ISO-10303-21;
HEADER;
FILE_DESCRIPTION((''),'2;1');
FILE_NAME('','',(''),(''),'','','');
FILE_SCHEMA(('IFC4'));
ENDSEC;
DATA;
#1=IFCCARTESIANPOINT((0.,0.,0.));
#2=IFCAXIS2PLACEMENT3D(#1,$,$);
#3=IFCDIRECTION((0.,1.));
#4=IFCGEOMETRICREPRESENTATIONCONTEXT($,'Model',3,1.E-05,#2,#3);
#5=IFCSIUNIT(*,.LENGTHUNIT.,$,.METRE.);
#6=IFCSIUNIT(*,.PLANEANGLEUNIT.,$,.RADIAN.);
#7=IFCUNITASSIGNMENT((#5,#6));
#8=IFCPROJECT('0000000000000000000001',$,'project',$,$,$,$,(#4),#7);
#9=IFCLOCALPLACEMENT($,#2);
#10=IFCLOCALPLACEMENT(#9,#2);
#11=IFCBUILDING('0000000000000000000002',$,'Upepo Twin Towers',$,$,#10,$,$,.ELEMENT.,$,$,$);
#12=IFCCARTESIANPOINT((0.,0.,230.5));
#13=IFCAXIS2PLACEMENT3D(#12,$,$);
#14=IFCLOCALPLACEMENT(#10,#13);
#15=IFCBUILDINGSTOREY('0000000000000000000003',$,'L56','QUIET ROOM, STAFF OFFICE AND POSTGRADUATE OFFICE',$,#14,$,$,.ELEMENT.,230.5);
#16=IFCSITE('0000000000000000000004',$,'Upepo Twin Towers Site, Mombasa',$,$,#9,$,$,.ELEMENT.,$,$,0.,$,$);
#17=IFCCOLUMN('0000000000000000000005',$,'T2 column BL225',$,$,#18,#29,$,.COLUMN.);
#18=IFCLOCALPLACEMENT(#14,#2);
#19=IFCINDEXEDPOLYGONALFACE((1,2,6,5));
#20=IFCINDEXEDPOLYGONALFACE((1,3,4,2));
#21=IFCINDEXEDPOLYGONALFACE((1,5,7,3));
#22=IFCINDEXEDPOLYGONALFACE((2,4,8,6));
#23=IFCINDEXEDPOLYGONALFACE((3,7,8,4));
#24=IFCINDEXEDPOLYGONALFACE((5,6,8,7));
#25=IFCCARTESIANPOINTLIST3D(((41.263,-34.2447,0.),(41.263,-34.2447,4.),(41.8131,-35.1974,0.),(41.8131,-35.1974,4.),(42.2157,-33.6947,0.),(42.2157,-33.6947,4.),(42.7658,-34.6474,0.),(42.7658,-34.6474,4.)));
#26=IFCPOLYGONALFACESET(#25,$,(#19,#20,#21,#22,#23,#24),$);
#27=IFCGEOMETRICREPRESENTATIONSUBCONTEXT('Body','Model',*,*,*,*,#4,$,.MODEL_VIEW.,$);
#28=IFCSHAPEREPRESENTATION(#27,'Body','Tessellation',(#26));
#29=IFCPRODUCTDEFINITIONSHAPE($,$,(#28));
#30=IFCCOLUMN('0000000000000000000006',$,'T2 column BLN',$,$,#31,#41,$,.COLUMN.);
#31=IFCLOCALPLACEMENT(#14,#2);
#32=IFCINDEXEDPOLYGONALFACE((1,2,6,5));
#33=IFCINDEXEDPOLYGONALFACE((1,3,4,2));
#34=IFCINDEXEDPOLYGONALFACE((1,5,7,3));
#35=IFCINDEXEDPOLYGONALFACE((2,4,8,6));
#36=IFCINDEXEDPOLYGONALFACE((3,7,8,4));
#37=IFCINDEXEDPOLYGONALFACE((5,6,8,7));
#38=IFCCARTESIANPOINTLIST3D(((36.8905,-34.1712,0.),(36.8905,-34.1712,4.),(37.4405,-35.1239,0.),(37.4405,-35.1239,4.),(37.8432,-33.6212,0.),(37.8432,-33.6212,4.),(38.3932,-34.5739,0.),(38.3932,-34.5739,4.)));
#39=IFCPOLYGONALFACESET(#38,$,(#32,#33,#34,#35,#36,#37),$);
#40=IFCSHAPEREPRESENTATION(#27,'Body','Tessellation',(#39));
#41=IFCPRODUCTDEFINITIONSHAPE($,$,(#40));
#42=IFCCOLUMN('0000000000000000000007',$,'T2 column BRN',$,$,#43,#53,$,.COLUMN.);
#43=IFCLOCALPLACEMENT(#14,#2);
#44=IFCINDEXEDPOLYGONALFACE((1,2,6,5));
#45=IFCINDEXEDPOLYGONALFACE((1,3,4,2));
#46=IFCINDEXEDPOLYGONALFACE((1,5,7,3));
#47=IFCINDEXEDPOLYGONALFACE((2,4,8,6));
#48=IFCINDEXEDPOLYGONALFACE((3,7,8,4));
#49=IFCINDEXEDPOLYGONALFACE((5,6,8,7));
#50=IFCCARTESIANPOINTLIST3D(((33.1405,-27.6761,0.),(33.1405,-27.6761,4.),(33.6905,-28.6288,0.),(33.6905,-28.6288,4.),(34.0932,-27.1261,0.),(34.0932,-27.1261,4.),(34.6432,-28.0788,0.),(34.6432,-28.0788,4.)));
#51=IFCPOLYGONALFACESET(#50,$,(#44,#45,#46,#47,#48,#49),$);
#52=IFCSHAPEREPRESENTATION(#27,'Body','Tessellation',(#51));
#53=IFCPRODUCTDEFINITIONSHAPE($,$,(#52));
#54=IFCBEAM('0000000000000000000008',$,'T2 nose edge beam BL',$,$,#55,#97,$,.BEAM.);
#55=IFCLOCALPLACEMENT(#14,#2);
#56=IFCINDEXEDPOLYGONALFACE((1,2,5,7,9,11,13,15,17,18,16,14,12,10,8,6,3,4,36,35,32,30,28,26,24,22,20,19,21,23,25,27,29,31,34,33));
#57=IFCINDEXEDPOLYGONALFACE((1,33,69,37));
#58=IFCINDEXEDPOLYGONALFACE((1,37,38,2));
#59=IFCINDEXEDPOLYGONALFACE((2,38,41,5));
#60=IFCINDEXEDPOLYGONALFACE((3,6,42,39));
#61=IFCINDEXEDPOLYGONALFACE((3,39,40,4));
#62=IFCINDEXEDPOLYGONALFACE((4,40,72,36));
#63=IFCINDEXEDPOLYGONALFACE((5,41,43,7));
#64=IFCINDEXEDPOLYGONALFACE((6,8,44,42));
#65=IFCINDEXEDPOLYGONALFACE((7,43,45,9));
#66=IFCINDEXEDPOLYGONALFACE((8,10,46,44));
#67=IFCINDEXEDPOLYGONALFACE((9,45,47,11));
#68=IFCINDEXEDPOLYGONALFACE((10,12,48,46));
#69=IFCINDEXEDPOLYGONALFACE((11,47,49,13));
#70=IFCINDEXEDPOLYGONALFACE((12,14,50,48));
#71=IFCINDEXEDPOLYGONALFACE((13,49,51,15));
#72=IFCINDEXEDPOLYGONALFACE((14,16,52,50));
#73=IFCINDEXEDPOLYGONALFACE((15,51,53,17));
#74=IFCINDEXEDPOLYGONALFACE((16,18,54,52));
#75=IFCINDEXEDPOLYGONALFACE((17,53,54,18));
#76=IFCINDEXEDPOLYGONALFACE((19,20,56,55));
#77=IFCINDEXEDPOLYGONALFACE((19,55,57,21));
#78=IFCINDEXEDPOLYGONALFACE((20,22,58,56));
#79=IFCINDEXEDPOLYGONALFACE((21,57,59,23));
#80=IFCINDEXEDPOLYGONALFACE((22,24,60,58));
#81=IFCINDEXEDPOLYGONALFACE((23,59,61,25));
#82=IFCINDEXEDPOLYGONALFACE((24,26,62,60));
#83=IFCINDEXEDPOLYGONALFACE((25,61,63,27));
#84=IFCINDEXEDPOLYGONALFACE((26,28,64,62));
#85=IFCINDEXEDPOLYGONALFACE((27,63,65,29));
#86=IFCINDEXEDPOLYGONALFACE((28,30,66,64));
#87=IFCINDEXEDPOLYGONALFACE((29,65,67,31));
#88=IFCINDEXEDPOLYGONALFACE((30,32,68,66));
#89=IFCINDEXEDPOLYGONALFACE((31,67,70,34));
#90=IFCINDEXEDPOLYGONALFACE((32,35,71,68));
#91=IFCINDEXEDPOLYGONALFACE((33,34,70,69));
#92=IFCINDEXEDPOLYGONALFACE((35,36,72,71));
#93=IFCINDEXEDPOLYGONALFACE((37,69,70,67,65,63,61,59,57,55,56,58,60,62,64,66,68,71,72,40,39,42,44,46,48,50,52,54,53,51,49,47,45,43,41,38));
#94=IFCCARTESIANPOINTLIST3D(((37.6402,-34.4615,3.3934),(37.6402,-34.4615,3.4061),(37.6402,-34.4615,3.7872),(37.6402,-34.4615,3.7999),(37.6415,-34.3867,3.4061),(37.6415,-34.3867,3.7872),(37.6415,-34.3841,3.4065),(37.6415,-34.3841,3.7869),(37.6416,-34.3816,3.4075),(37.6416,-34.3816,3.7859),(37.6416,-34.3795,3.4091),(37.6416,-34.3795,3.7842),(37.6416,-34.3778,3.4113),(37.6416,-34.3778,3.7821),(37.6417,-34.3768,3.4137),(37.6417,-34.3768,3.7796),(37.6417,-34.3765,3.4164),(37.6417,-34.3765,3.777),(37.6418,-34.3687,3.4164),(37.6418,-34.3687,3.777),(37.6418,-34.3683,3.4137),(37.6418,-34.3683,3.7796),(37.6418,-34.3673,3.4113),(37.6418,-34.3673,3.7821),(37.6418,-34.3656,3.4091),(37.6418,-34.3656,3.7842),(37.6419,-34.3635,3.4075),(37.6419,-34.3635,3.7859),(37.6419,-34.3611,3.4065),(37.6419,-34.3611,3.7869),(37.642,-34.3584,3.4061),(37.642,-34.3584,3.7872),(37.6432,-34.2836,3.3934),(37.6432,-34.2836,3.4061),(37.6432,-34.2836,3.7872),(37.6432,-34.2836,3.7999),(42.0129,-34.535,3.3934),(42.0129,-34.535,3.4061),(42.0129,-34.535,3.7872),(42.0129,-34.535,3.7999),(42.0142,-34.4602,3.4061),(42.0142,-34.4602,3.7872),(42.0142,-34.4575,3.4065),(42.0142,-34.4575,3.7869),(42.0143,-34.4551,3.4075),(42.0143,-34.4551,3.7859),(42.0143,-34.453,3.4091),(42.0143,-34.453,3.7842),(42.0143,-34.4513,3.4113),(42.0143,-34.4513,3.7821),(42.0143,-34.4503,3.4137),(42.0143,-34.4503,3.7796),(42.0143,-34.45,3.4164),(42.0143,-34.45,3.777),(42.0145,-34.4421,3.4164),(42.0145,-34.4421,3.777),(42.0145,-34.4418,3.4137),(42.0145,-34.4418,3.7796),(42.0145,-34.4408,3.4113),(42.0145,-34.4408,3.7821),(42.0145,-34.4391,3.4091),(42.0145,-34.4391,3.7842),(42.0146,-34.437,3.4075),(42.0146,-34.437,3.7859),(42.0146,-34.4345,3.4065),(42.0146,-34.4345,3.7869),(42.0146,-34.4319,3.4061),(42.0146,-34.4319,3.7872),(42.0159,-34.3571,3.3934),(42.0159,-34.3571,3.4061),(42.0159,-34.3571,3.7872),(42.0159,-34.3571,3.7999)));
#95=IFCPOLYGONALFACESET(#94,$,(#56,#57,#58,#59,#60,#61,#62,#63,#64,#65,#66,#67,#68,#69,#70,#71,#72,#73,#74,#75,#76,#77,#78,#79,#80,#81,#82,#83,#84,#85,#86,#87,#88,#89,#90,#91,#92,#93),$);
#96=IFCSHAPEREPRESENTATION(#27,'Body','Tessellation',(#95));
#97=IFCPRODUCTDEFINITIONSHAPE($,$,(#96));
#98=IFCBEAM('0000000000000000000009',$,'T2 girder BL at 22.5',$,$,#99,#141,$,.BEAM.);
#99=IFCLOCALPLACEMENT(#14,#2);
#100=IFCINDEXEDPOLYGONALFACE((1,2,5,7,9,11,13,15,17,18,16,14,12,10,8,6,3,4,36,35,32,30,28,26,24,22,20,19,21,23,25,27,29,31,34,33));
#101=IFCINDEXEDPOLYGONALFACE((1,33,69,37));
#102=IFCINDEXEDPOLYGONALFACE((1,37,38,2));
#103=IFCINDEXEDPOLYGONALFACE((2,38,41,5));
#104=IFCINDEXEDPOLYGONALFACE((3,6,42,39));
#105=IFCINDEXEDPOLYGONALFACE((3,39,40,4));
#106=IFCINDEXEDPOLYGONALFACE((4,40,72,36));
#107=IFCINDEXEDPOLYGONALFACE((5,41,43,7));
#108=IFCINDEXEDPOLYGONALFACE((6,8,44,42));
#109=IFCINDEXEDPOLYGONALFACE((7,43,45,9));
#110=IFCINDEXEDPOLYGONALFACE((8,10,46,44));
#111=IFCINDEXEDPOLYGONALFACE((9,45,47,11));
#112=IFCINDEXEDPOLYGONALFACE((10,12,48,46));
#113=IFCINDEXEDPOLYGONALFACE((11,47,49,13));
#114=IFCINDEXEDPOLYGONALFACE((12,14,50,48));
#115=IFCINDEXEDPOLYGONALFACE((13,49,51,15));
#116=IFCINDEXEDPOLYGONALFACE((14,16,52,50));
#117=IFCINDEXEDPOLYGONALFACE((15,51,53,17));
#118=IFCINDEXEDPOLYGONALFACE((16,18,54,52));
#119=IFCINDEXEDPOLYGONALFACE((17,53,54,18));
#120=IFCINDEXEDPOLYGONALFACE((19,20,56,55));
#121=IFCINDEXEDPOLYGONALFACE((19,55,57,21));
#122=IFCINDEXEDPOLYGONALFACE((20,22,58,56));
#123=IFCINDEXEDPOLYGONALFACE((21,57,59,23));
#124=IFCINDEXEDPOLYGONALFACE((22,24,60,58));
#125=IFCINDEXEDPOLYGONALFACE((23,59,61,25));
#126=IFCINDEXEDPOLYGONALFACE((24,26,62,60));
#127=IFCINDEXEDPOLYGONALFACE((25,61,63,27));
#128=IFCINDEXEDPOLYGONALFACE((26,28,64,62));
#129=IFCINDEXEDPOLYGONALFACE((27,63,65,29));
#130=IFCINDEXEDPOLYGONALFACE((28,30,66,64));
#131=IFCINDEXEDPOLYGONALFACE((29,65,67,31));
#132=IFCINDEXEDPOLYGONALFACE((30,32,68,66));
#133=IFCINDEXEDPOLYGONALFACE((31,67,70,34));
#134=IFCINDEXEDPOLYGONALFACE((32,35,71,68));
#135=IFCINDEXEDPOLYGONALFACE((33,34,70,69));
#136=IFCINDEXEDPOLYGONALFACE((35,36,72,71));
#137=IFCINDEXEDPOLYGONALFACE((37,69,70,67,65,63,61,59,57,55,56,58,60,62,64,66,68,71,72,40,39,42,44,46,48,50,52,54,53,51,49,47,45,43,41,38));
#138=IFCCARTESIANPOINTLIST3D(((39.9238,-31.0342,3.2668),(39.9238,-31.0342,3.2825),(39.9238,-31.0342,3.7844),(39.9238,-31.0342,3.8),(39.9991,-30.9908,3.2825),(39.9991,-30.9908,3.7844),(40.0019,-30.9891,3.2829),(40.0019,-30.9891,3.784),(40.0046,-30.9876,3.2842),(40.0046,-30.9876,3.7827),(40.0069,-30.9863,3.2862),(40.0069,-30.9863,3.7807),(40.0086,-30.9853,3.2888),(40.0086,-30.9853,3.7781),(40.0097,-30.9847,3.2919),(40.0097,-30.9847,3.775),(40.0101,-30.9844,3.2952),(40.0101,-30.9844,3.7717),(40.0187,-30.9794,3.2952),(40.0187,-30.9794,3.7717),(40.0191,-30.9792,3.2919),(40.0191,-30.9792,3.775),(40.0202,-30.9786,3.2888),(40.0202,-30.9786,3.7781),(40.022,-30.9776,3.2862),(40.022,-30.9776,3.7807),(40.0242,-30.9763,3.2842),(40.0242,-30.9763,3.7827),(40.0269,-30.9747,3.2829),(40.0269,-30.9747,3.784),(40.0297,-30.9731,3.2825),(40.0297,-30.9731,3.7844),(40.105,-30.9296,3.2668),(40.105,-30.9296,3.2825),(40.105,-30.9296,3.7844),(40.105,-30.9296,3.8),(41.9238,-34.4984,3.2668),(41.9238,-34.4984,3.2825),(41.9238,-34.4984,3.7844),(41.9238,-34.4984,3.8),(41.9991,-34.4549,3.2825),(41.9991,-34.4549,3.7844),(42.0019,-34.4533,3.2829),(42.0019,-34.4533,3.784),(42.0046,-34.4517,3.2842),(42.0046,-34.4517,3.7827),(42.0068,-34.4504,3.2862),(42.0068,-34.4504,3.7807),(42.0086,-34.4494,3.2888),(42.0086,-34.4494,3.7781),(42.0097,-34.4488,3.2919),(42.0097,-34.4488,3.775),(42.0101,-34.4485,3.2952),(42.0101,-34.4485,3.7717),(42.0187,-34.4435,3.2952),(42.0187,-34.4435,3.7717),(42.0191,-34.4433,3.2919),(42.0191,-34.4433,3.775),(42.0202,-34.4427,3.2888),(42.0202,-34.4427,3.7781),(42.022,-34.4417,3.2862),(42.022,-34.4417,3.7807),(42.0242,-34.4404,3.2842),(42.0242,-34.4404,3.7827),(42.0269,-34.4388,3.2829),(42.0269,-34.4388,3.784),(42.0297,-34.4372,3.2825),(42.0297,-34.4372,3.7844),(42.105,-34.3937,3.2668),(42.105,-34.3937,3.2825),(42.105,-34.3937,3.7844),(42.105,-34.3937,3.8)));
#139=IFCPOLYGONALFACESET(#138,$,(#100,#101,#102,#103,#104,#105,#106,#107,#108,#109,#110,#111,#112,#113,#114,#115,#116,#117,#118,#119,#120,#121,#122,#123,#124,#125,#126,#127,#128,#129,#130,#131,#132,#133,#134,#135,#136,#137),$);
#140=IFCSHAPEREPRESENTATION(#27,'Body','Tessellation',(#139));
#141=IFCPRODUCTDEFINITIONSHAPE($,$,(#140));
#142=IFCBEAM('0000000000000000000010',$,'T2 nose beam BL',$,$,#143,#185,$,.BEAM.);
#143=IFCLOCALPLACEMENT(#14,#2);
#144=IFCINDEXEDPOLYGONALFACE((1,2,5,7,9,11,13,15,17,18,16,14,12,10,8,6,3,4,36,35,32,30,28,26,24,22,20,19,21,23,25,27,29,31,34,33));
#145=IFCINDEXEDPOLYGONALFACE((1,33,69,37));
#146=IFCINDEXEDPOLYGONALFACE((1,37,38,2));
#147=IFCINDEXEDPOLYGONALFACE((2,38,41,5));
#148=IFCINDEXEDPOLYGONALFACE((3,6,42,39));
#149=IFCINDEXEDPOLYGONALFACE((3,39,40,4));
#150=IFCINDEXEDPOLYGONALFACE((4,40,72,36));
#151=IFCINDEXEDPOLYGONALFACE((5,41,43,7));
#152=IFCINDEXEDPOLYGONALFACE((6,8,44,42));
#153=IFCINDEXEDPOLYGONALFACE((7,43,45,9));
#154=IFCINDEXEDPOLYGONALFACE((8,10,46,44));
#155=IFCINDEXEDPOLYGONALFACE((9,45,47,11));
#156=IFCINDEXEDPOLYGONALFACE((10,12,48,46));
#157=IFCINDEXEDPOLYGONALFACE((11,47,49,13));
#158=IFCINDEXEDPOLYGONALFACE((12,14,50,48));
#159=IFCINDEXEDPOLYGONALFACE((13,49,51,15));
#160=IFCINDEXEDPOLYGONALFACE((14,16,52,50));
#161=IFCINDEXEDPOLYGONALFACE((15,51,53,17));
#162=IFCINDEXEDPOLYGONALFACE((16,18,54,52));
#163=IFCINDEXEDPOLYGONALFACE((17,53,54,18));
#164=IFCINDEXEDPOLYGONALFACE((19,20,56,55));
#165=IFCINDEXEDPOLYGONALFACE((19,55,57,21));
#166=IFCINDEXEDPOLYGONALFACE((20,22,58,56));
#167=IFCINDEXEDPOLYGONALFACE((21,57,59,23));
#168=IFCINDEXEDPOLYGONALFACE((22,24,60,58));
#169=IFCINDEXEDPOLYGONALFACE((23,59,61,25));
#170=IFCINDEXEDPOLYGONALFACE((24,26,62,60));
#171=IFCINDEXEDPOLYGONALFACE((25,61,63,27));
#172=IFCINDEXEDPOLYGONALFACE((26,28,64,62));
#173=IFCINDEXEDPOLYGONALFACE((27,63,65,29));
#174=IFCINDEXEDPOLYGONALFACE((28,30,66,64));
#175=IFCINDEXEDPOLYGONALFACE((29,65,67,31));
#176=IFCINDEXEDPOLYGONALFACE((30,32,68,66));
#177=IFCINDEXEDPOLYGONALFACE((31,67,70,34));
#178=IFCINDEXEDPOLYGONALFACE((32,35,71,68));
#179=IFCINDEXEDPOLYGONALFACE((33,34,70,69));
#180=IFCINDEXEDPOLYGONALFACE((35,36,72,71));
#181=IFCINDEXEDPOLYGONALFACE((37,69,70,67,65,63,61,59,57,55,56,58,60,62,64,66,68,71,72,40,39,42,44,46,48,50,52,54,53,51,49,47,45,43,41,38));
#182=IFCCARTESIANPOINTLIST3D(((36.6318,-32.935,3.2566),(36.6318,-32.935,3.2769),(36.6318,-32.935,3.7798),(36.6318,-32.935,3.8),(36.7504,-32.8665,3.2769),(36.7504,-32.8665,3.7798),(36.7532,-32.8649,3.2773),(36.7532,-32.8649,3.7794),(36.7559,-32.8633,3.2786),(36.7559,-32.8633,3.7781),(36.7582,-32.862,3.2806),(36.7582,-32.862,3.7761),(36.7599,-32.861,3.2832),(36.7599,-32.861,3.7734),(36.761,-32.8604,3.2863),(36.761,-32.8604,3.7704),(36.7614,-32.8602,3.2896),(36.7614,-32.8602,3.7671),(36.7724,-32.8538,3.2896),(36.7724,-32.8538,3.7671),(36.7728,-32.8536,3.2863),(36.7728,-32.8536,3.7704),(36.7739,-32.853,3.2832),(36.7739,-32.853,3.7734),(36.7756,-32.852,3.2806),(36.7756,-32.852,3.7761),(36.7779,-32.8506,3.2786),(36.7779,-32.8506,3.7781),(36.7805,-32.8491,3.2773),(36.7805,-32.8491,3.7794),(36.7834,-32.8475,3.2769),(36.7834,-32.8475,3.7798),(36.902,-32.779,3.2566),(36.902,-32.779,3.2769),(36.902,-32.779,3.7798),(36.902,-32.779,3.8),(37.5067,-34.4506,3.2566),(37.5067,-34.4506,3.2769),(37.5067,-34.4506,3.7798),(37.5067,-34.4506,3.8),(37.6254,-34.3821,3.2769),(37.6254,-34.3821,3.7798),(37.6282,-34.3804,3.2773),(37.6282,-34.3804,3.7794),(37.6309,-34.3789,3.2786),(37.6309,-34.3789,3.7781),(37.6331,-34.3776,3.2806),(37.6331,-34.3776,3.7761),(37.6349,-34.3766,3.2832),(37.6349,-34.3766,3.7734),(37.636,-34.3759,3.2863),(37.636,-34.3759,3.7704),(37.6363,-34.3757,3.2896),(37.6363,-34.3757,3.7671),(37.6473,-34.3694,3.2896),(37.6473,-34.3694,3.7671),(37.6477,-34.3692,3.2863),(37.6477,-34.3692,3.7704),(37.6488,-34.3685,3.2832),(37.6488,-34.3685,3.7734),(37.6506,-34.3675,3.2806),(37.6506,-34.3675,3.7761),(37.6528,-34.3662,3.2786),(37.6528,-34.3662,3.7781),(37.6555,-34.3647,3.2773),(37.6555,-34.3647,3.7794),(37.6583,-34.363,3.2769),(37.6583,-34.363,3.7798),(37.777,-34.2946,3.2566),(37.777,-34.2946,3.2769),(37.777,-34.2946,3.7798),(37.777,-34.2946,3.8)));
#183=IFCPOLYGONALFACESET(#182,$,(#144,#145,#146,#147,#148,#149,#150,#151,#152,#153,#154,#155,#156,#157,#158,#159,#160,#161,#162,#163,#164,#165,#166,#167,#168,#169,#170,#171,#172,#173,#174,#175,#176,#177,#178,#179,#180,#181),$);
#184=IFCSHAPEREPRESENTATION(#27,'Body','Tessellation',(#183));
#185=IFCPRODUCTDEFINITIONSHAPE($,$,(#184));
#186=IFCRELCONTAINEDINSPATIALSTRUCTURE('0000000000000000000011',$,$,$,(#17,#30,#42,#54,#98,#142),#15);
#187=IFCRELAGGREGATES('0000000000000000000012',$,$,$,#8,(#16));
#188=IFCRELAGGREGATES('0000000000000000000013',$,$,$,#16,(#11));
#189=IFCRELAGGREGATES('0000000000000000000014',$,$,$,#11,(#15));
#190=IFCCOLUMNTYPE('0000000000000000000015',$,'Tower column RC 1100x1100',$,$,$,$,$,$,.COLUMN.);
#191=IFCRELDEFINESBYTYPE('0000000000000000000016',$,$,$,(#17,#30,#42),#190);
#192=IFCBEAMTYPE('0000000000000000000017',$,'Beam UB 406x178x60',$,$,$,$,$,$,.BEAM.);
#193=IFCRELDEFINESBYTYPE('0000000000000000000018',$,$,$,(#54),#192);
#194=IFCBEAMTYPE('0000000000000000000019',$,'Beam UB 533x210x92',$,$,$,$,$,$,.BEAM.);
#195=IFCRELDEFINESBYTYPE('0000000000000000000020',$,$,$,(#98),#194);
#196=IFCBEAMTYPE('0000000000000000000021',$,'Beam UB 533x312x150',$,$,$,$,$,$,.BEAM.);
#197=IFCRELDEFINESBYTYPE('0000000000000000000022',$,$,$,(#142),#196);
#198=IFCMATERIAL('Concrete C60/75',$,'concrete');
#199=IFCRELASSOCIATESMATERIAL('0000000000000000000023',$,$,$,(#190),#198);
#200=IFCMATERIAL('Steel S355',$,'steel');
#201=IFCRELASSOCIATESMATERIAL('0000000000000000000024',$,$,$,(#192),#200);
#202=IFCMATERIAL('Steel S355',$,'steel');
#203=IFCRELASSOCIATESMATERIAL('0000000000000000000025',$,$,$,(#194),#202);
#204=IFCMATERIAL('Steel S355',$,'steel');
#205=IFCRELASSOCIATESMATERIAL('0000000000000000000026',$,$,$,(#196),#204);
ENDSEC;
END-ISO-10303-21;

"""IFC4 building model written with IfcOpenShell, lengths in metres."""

from ifc_helpers import new_model, si_unit, direction, frame, origin, origin_2d, place, context, subcontext, project, spatial, rectangle, i_section, extrude, material, material_profile, profile_set, type_object, element, save


model = new_model("IFC4")

# Units and contexts
model_context = context("Model", 3, precision=1e-05, world=origin(), true_north=direction((0.0, 1.0)))
body_context = subcontext(model_context, "Body", "Model", "MODEL_VIEW")
ifc_project = project(units=[si_unit("LENGTHUNIT", "METRE"), si_unit("PLANEANGLEUNIT", "RADIAN")], contexts=[model_context])

# Site, building, storey
site_placement = place(None, origin())
site = spatial("IfcSite", under=ifc_project, at=site_placement, Name="Upepo Twin Towers Site, Mombasa", CompositionType="ELEMENT", RefElevation=0.0)
building_placement = place(site_placement, origin())
building = spatial("IfcBuilding", under=site, at=building_placement, Name="Upepo Twin Towers", CompositionType="ELEMENT")
storey_placement = place(building_placement, frame((0.0, 0.0, 230.5)))
storey = spatial("IfcBuildingStorey", under=building, at=storey_placement, Name="L56", Description="QUIET ROOM, STAFF OFFICE AND POSTGRADUATE OFFICE", CompositionType="ELEMENT", Elevation=230.5)

# Columns
ifc_material_1 = material(Name="Concrete C60/75", Category="concrete")
ifc_material_profile_1 = material_profile(ifc_material_1, rectangle(XDim=1.1001, YDim=1.1001, at=origin_2d()), Name="RC 1100x1100")
ifc_profile_set_1 = profile_set([ifc_material_profile_1], Name="Concrete C60/75")
column_type = type_object("IfcColumnType", Name="Tower column RC 1100x1100", PredefinedType="COLUMN", material=ifc_profile_set_1)
for number, where, z_axis, x_axis, name in (
    (1, (42.0144, -34.446, 0.0), (0.0, 0.0, 1.0), (0.866025, 0.5, 0.0), "T2 column BL225"),
    (2, (37.6418, -34.3726, 0.0), (0.0, 0.0, 1.0), (0.866025, 0.5, 0.0), "T2 column BLN"),
    (3, (33.8918, -27.8774, 0.0), (0.0, 0.0, 1.0), (0.866025, 0.5, 0.0), "T2 column BRN"),
):
    element("IfcColumn", number, at=place(storey_placement, frame(where, z_axis=z_axis, x_axis=x_axis)), inside=storey, type_object=column_type, Name=name, PredefinedType="COLUMN", context=body_context, shape_type="SweptSolid", body=[
        extrude(rectangle(XDim=1.1001, YDim=1.1001, at=origin_2d()), origin(), (0.0, 0.0, 1.0), 4.0),
    ])

# Beams
ifc_material_2 = material(Name="Steel S355", Category="steel")
ifc_material_profile_2 = material_profile(ifc_material_2, i_section(OverallWidth=0.178, OverallDepth=0.4065, WebThickness=0.0078, FlangeThickness=0.0127, FilletRadius=0.0103, at=origin_2d()), Name="UB 406x178x60")
ifc_profile_set_2 = profile_set([ifc_material_profile_2], Name="Steel S355")
beam_type_1 = type_object("IfcBeamType", Name="Beam UB 406x178x60", PredefinedType="BEAM", material=ifc_profile_set_2)
beam_1_placement = place(storey_placement, frame((42.0144, -34.446, 3.5967), z_axis=(-0.999859, 0.016804, 0.0), x_axis=(-0.016804, -0.999859, 0.0)))
element("IfcBeam", 4, at=beam_1_placement, inside=storey, type_object=beam_type_1, Name="T2 nose edge beam BL", PredefinedType="BEAM", context=body_context, shape_type="SweptSolid", body=[
    extrude(i_section(OverallWidth=0.178, OverallDepth=0.4065, WebThickness=0.0078, FlangeThickness=0.0127, FilletRadius=0.0103, at=origin_2d()), origin(), (0.0, 0.0, 1.0), 4.3733),
])
ifc_material_3 = material(Name="Steel S355", Category="steel")
ifc_material_profile_3 = material_profile(ifc_material_3, i_section(OverallWidth=0.2092, OverallDepth=0.5332, WebThickness=0.01, FlangeThickness=0.0156, FilletRadius=0.0127, at=origin_2d()), Name="UB 533x210x92")
ifc_profile_set_3 = profile_set([ifc_material_profile_3], Name="Steel S355")
beam_type_2 = type_object("IfcBeamType", Name="Beam UB 533x210x92", PredefinedType="BEAM", material=ifc_profile_set_3)
beam_2_placement = place(storey_placement, frame((42.0144, -34.446, 3.5334), z_axis=(-0.499999, 0.866026, 0.0), x_axis=(-0.866026, -0.499999, 0.0)))
element("IfcBeam", 5, at=beam_2_placement, inside=storey, type_object=beam_type_2, Name="T2 girder BL at 22.5", PredefinedType="BEAM", context=body_context, shape_type="SweptSolid", body=[
    extrude(i_section(OverallWidth=0.2092, OverallDepth=0.5332, WebThickness=0.01, FlangeThickness=0.0156, FilletRadius=0.0127, at=origin_2d()), origin(), (0.0, 0.0, 1.0), 4.0),
])
ifc_material_4 = material(Name="Steel S355", Category="steel")
ifc_material_profile_4 = material_profile(ifc_material_4, i_section(OverallWidth=0.312, OverallDepth=0.5435, WebThickness=0.0127, FlangeThickness=0.0203, FilletRadius=0.0127, at=origin_2d()), Name="UB 533x312x150")
ifc_profile_set_4 = profile_set([ifc_material_profile_4], Name="Steel S355")
beam_type_3 = type_object("IfcBeamType", Name="Beam UB 533x312x150", PredefinedType="BEAM", material=ifc_profile_set_4)
beam_3_placement = place(storey_placement, frame((37.6418, -34.3726, 3.5283), z_axis=(-0.49998, 0.866037, 0.0), x_axis=(-0.866037, -0.49998, 0.0)))
element("IfcBeam", 6, at=beam_3_placement, inside=storey, type_object=beam_type_3, Name="T2 nose beam BL", PredefinedType="BEAM", context=body_context, shape_type="SweptSolid", body=[
    extrude(i_section(OverallWidth=0.312, OverallDepth=0.5435, WebThickness=0.0127, FlangeThickness=0.0203, FilletRadius=0.0127, at=origin_2d()), origin(), (0.0, 0.0, 1.0), 1.75),
])

save(model, "model.ifc")
